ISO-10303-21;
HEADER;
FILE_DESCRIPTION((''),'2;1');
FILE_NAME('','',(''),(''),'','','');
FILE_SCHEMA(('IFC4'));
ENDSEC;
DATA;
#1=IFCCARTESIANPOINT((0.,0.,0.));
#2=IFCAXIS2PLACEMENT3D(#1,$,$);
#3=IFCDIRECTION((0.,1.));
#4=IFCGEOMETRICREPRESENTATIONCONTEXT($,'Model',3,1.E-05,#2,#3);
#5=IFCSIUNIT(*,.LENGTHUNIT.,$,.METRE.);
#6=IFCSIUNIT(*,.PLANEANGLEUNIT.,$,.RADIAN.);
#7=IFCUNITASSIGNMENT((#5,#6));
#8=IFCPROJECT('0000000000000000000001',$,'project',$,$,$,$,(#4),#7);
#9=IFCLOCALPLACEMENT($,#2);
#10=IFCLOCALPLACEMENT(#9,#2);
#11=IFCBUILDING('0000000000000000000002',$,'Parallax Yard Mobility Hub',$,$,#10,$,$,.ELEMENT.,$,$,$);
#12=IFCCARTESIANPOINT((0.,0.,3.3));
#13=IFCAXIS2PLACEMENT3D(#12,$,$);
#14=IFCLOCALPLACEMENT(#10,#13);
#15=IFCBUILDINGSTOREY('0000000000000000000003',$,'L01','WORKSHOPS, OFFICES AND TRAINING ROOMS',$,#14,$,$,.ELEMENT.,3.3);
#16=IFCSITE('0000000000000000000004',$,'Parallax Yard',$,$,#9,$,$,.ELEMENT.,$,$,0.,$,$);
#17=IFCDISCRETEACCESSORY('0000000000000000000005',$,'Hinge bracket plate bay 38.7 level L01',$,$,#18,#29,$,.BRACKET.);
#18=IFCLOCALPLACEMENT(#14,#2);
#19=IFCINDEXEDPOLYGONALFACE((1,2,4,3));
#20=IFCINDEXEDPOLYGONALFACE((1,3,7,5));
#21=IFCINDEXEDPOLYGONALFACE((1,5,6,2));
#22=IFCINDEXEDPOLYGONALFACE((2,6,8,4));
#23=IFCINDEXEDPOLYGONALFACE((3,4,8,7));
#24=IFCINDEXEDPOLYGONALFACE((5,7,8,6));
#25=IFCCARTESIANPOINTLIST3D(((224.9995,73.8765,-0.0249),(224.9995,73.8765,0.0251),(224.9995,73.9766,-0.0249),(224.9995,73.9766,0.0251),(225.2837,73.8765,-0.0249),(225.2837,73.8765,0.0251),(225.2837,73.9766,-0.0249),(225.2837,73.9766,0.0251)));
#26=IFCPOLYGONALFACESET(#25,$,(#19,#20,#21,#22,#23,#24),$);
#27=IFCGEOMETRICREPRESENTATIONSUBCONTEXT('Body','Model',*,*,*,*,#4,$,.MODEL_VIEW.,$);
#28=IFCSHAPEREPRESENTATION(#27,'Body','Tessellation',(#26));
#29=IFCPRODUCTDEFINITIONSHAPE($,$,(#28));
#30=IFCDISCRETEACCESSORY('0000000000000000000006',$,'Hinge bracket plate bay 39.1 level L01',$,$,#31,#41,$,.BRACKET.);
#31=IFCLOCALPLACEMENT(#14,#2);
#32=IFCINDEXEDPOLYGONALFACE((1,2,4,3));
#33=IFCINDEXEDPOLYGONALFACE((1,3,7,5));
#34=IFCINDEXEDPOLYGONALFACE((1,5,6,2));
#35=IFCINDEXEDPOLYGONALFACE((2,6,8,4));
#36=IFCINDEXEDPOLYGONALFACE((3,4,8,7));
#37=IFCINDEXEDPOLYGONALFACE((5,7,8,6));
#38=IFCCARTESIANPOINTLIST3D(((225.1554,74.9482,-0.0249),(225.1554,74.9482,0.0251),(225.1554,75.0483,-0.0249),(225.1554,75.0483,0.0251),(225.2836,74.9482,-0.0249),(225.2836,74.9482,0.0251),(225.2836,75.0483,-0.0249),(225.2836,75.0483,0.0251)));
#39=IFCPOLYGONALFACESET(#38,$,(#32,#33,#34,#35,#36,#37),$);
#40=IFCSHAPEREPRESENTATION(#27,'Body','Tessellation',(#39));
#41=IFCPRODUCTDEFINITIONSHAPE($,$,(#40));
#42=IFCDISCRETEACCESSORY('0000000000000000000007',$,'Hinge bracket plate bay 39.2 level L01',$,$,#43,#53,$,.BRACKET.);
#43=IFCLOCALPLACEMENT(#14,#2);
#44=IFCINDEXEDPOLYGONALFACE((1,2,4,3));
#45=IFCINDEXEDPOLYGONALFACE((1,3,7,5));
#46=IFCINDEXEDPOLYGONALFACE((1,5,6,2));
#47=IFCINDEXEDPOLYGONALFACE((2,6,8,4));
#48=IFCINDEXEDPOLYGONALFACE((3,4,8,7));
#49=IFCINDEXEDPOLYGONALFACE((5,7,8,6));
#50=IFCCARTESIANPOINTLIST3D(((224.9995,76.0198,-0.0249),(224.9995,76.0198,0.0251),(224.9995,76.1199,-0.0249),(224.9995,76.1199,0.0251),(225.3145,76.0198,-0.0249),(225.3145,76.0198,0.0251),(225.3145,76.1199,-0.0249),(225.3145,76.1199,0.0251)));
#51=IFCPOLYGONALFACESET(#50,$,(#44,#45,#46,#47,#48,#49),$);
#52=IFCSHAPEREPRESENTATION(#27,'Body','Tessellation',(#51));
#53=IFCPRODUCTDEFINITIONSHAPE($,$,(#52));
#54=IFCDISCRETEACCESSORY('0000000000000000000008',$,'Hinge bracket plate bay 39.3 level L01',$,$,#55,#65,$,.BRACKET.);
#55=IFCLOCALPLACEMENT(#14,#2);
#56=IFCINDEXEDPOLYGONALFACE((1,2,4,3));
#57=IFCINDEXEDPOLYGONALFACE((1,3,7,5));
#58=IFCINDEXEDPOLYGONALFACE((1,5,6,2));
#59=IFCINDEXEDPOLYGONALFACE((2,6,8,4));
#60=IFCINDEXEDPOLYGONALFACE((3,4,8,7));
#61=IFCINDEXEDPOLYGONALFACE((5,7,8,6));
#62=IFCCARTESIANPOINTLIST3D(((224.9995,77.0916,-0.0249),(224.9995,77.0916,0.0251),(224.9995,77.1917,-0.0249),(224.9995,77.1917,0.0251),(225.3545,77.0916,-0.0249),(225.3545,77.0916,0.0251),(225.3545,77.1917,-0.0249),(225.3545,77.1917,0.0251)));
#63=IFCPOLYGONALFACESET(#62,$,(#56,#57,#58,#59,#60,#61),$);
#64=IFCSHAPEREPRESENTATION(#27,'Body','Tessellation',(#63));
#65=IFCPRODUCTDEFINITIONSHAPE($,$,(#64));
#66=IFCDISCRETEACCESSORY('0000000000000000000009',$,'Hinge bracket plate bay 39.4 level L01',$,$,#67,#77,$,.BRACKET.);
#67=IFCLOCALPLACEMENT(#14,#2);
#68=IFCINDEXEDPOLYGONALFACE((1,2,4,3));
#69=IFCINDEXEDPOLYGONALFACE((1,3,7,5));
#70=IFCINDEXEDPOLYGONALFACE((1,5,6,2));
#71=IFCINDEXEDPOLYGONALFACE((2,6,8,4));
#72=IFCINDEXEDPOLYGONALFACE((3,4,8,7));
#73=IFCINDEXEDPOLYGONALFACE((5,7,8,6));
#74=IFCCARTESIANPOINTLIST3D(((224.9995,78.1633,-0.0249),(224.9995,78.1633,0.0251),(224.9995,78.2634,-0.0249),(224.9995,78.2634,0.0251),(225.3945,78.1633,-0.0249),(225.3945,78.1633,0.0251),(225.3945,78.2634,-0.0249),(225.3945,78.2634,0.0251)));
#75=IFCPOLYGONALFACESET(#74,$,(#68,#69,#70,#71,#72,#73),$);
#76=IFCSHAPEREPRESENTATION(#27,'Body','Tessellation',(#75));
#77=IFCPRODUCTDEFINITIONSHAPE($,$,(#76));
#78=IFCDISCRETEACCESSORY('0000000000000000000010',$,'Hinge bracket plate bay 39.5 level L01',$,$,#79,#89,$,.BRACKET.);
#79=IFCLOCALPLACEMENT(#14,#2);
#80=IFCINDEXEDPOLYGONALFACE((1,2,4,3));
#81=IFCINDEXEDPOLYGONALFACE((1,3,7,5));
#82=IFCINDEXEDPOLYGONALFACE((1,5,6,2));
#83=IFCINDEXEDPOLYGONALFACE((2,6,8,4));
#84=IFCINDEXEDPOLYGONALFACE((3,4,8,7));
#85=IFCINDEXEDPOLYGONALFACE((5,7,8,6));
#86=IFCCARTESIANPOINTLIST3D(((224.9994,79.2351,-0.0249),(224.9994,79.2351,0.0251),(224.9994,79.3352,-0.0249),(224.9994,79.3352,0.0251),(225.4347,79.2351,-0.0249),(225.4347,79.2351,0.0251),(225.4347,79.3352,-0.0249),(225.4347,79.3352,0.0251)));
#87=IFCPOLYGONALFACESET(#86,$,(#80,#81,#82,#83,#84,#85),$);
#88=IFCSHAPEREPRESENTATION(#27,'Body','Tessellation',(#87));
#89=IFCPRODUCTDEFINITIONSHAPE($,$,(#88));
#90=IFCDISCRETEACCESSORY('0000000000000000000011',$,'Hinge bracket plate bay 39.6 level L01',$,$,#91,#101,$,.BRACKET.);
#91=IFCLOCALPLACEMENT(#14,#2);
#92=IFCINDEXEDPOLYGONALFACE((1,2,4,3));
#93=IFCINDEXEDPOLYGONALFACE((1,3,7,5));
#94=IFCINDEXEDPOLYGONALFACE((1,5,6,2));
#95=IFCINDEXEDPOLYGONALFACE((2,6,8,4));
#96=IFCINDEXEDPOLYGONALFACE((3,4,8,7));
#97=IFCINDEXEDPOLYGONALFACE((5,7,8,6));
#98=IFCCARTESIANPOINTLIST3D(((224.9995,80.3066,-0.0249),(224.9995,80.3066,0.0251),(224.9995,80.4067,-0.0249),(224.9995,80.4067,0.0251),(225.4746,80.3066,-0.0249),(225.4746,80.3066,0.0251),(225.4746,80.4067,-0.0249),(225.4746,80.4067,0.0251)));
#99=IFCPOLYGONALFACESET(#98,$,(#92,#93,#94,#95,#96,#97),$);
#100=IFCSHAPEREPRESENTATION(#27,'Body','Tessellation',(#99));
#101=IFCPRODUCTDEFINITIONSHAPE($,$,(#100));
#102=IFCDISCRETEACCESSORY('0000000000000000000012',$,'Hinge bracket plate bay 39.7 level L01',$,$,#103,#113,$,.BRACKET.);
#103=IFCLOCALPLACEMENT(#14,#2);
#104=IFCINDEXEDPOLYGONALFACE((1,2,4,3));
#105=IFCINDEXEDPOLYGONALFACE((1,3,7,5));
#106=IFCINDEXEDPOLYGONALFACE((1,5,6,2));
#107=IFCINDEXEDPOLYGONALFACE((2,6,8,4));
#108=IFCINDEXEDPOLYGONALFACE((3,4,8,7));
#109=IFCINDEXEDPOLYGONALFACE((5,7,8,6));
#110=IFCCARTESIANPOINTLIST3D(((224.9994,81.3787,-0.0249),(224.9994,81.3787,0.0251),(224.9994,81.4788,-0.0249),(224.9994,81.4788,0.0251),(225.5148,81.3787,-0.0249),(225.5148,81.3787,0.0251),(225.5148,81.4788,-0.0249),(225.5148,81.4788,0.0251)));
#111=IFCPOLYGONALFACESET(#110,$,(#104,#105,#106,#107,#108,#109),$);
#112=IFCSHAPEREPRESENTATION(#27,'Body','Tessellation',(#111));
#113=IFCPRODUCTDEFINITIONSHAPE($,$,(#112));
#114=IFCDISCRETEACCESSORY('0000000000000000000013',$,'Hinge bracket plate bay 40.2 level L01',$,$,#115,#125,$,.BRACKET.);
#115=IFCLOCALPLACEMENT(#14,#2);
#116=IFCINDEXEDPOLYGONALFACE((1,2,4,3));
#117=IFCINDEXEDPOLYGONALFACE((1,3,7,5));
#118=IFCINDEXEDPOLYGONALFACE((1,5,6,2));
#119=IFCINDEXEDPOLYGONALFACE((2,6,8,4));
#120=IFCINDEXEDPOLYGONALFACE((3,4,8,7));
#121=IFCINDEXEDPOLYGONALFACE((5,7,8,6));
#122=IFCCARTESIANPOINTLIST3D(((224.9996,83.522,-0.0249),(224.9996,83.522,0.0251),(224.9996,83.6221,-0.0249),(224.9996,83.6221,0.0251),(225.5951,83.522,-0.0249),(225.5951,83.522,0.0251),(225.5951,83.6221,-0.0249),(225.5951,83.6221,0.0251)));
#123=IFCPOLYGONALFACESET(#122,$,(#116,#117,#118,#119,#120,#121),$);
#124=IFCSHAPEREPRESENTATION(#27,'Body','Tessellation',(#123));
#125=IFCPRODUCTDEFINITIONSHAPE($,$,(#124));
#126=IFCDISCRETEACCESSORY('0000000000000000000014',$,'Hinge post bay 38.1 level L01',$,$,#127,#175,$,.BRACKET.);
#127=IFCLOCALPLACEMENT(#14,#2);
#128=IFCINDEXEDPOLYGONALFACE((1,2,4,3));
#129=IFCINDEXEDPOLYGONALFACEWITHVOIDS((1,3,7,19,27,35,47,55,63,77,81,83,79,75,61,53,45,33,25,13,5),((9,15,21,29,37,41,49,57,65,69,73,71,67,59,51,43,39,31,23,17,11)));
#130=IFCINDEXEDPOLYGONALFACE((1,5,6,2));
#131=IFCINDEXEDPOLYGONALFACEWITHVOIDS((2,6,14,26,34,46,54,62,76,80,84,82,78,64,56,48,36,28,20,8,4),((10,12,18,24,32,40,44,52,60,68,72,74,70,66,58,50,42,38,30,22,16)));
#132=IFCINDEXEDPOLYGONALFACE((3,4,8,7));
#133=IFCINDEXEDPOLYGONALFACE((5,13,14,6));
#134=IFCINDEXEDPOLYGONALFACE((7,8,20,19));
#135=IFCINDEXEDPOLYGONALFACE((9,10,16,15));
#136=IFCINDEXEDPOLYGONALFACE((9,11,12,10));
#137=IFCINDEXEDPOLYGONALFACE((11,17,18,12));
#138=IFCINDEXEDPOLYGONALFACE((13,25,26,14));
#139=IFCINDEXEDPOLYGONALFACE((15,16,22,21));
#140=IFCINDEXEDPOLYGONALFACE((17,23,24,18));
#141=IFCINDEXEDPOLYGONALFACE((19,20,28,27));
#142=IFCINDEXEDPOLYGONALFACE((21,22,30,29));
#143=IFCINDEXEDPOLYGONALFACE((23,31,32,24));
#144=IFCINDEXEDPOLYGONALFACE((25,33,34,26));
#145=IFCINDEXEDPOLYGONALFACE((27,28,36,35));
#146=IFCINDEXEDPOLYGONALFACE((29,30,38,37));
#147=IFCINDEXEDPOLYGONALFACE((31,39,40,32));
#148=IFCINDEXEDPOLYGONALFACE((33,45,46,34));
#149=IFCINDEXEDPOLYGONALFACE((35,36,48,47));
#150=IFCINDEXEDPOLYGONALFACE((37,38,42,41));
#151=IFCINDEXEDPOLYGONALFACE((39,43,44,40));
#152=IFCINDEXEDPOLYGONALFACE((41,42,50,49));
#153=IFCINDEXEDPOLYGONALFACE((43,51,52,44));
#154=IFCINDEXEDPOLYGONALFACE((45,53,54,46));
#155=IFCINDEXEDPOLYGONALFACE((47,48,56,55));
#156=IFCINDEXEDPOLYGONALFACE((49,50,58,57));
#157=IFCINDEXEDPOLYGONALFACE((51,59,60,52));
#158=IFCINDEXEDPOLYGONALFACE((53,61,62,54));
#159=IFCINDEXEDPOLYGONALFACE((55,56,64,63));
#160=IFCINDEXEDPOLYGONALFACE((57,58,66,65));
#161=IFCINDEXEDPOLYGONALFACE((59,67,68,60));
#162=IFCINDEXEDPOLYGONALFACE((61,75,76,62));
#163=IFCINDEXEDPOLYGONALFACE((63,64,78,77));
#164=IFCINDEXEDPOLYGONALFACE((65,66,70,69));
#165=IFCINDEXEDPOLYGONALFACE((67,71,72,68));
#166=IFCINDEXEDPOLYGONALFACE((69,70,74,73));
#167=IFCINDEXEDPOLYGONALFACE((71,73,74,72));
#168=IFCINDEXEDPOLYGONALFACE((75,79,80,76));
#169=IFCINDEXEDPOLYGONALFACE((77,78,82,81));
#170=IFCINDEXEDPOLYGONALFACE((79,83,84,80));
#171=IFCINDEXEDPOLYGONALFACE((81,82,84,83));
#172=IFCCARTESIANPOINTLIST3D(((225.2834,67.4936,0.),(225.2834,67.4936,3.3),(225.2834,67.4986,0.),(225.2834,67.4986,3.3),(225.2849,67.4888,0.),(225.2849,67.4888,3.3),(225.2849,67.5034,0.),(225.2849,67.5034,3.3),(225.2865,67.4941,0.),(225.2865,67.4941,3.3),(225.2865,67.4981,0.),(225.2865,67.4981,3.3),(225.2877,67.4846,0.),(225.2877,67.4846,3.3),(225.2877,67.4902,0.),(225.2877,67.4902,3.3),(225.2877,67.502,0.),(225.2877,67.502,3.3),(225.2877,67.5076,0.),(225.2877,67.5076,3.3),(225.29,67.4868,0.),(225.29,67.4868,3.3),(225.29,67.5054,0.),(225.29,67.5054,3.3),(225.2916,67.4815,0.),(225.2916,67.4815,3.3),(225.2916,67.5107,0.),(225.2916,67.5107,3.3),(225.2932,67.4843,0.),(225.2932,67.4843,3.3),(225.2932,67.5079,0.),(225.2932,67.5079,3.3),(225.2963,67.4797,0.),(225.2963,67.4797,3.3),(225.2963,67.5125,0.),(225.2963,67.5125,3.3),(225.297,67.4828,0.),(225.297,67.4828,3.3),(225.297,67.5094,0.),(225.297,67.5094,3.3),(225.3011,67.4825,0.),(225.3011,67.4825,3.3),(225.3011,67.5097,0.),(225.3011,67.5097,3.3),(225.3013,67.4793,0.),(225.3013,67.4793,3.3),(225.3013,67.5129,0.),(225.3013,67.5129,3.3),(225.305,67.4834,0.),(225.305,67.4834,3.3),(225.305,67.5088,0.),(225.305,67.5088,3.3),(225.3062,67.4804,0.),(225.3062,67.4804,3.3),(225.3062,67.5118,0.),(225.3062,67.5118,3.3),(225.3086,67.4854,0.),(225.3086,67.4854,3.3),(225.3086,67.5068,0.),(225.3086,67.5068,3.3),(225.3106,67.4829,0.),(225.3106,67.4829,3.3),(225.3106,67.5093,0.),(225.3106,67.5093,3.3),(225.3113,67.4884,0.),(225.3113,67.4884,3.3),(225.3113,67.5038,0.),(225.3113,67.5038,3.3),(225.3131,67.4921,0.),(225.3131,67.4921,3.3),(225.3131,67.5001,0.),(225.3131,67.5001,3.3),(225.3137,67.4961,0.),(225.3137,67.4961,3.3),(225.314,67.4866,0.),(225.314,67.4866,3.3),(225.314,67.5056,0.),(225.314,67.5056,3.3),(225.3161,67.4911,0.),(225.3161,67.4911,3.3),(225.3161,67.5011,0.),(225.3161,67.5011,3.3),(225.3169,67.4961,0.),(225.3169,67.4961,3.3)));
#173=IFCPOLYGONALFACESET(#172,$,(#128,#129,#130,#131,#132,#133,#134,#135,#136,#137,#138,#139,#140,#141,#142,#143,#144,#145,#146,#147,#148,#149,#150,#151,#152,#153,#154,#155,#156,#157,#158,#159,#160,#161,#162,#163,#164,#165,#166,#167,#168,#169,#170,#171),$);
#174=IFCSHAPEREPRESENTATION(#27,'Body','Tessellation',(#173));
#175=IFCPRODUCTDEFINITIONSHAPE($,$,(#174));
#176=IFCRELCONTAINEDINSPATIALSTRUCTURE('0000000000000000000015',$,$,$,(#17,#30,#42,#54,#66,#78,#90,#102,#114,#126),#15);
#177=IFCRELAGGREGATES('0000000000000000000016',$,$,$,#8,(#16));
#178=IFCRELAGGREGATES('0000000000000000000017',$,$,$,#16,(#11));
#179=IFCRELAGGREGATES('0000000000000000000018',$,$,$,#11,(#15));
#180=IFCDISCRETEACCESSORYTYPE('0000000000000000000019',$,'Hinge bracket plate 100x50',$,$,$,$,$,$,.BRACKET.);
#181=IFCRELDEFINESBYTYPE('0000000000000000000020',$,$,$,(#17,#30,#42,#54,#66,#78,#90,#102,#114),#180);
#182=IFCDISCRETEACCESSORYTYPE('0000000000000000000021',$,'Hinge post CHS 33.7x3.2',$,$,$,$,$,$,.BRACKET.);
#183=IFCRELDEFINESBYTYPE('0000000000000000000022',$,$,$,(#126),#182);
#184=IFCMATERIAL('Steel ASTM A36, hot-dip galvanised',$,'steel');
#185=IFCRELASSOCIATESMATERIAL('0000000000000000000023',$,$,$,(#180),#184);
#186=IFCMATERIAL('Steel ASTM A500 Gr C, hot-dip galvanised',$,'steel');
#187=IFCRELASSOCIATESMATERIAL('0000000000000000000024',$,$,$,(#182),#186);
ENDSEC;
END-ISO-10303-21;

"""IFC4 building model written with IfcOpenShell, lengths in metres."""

from ifc_helpers import new_model, si_unit, direction, frame, origin, origin_2d, place, context, subcontext, project, spatial, rectangle, hollow_circle, extrude, material, material_profile, profile_set, type_object, element, save


model = new_model("IFC4")

# Units and contexts
model_context = context("Model", 3, precision=1e-05, world=origin(), true_north=direction((0.0, 1.0)))
body_context = subcontext(model_context, "Body", "Model", "MODEL_VIEW")
ifc_project = project(units=[si_unit("LENGTHUNIT", "METRE"), si_unit("PLANEANGLEUNIT", "RADIAN")], contexts=[model_context])

# Site, building, storey
site_placement = place(None, origin())
site = spatial("IfcSite", under=ifc_project, at=site_placement, Name="Parallax Yard", CompositionType="ELEMENT", RefElevation=0.0)
building_placement = place(site_placement, origin())
building = spatial("IfcBuilding", under=site, at=building_placement, Name="Parallax Yard Mobility Hub", CompositionType="ELEMENT")
storey_placement = place(building_placement, frame((0.0, 0.0, 3.3)))
storey = spatial("IfcBuildingStorey", under=building, at=storey_placement, Name="L01", Description="WORKSHOPS, OFFICES AND TRAINING ROOMS", CompositionType="ELEMENT", Elevation=3.3)

# Discrete accessories
ifc_material_1 = material(Name="Steel ASTM A36, hot-dip galvanised", Category="steel")
discrete_accessory_type_1 = type_object("IfcDiscreteAccessoryType", Name="Hinge bracket plate 100x50", PredefinedType="BRACKET", material=ifc_material_1)
for number, where, z_axis, x_axis, name in (
    (1, (225.1416, 73.9265, -0.0249), (0.0, 0.0, 1.0), (1.0, 0.0, 0.0), "Hinge bracket plate bay 38.7 level L01"),
):
    element("IfcDiscreteAccessory", number, at=place(storey_placement, frame(where, z_axis=z_axis, x_axis=x_axis)), inside=storey, type_object=discrete_accessory_type_1, Name=name, PredefinedType="BRACKET", context=body_context, shape_type="SweptSolid", body=[
        extrude(rectangle(XDim=0.2842, YDim=0.1001, at=origin_2d()), origin(), (0.0, 0.0, 1.0), 0.05),
    ])
discrete_accessory_1_placement = place(storey_placement, frame((225.2195, 74.9983, -0.0249), z_axis=(0.0, 0.0, 1.0), x_axis=(1.0, 0.0, 0.0)))
element("IfcDiscreteAccessory", 2, at=discrete_accessory_1_placement, inside=storey, type_object=discrete_accessory_type_1, Name="Hinge bracket plate bay 39.1 level L01", PredefinedType="BRACKET", context=body_context, shape_type="SweptSolid", body=[
    extrude(rectangle(XDim=0.1282, YDim=0.1001, at=origin_2d()), origin(), (0.0, 0.0, 1.0), 0.05),
])
discrete_accessory_2_placement = place(storey_placement, frame((225.157, 76.0698, -0.0249), z_axis=(0.0, 0.0, 1.0), x_axis=(1.0, 0.0, 0.0)))
element("IfcDiscreteAccessory", 3, at=discrete_accessory_2_placement, inside=storey, type_object=discrete_accessory_type_1, Name="Hinge bracket plate bay 39.2 level L01", PredefinedType="BRACKET", context=body_context, shape_type="SweptSolid", body=[
    extrude(rectangle(XDim=0.3149, YDim=0.1001, at=origin_2d()), origin(), (0.0, 0.0, 1.0), 0.05),
])
discrete_accessory_3_placement = place(storey_placement, frame((225.177, 77.1416, -0.0249), z_axis=(0.0, 0.0, 1.0), x_axis=(1.0, 0.0, 0.0)))
element("IfcDiscreteAccessory", 4, at=discrete_accessory_3_placement, inside=storey, type_object=discrete_accessory_type_1, Name="Hinge bracket plate bay 39.3 level L01", PredefinedType="BRACKET", context=body_context, shape_type="SweptSolid", body=[
    extrude(rectangle(XDim=0.355, YDim=0.1001, at=origin_2d()), origin(), (0.0, 0.0, 1.0), 0.05),
])
discrete_accessory_4_placement = place(storey_placement, frame((225.197, 78.2134, -0.0249), z_axis=(0.0, 0.0, 1.0), x_axis=(1.0, 0.0, 0.0)))
element("IfcDiscreteAccessory", 5, at=discrete_accessory_4_placement, inside=storey, type_object=discrete_accessory_type_1, Name="Hinge bracket plate bay 39.4 level L01", PredefinedType="BRACKET", context=body_context, shape_type="SweptSolid", body=[
    extrude(rectangle(XDim=0.395, YDim=0.1001, at=origin_2d()), origin(), (0.0, 0.0, 1.0), 0.05),
])
discrete_accessory_5_placement = place(storey_placement, frame((225.217, 79.2852, -0.0249), z_axis=(0.0, 0.0, 1.0), x_axis=(1.0, 0.0, 0.0)))
element("IfcDiscreteAccessory", 6, at=discrete_accessory_5_placement, inside=storey, type_object=discrete_accessory_type_1, Name="Hinge bracket plate bay 39.5 level L01", PredefinedType="BRACKET", context=body_context, shape_type="SweptSolid", body=[
    extrude(rectangle(XDim=0.4353, YDim=0.1001, at=origin_2d()), origin(), (0.0, 0.0, 1.0), 0.05),
])
discrete_accessory_6_placement = place(storey_placement, frame((225.2371, 80.3567, -0.0249), z_axis=(0.0, 0.0, 1.0), x_axis=(1.0, 0.0, 0.0)))
element("IfcDiscreteAccessory", 7, at=discrete_accessory_6_placement, inside=storey, type_object=discrete_accessory_type_1, Name="Hinge bracket plate bay 39.6 level L01", PredefinedType="BRACKET", context=body_context, shape_type="SweptSolid", body=[
    extrude(rectangle(XDim=0.4751, YDim=0.1001, at=origin_2d()), origin(), (0.0, 0.0, 1.0), 0.05),
])
discrete_accessory_7_placement = place(storey_placement, frame((225.2571, 81.4287, -0.0249), z_axis=(0.0, 0.0, 1.0), x_axis=(1.0, 0.0, 0.0)))
element("IfcDiscreteAccessory", 8, at=discrete_accessory_7_placement, inside=storey, type_object=discrete_accessory_type_1, Name="Hinge bracket plate bay 39.7 level L01", PredefinedType="BRACKET", context=body_context, shape_type="SweptSolid", body=[
    extrude(rectangle(XDim=0.5154, YDim=0.1001, at=origin_2d()), origin(), (0.0, 0.0, 1.0), 0.05),
])
discrete_accessory_8_placement = place(storey_placement, frame((225.2974, 83.572, -0.0249), z_axis=(0.0, 0.0, 1.0), x_axis=(1.0, 0.0, 0.0)))
element("IfcDiscreteAccessory", 9, at=discrete_accessory_8_placement, inside=storey, type_object=discrete_accessory_type_1, Name="Hinge bracket plate bay 40.2 level L01", PredefinedType="BRACKET", context=body_context, shape_type="SweptSolid", body=[
    extrude(rectangle(XDim=0.5955, YDim=0.1001, at=origin_2d()), origin(), (0.0, 0.0, 1.0), 0.05),
])
ifc_material_2 = material(Name="Steel ASTM A500 Gr C, hot-dip galvanised", Category="steel")
ifc_material_profile_1 = material_profile(ifc_material_2, hollow_circle(Radius=0.0168, WallThickness=0.0032, at=origin_2d()), Name="CHS 33.7x3.2")
ifc_profile_set_1 = profile_set([ifc_material_profile_1], Name="Steel ASTM A500 Gr C, hot-dip galvanised")
discrete_accessory_type_2 = type_object("IfcDiscreteAccessoryType", Name="Hinge post CHS 33.7x3.2", PredefinedType="BRACKET", material=ifc_profile_set_1)
for number, where, z_axis, x_axis, name in (
    (10, (225.3, 67.4961, 0.0), (0.0, 0.0, 1.0), (1.0, 0.0, 0.0), "Hinge post bay 38.1 level L01"),
):
    element("IfcDiscreteAccessory", number, at=place(storey_placement, frame(where, z_axis=z_axis, x_axis=x_axis)), inside=storey, type_object=discrete_accessory_type_2, Name=name, PredefinedType="BRACKET", context=body_context, shape_type="SweptSolid", body=[
        extrude(hollow_circle(Radius=0.0168, WallThickness=0.0032, at=origin_2d()), origin(), (0.0, 0.0, 1.0), 3.3),
    ])

save(model, "model.ifc")
